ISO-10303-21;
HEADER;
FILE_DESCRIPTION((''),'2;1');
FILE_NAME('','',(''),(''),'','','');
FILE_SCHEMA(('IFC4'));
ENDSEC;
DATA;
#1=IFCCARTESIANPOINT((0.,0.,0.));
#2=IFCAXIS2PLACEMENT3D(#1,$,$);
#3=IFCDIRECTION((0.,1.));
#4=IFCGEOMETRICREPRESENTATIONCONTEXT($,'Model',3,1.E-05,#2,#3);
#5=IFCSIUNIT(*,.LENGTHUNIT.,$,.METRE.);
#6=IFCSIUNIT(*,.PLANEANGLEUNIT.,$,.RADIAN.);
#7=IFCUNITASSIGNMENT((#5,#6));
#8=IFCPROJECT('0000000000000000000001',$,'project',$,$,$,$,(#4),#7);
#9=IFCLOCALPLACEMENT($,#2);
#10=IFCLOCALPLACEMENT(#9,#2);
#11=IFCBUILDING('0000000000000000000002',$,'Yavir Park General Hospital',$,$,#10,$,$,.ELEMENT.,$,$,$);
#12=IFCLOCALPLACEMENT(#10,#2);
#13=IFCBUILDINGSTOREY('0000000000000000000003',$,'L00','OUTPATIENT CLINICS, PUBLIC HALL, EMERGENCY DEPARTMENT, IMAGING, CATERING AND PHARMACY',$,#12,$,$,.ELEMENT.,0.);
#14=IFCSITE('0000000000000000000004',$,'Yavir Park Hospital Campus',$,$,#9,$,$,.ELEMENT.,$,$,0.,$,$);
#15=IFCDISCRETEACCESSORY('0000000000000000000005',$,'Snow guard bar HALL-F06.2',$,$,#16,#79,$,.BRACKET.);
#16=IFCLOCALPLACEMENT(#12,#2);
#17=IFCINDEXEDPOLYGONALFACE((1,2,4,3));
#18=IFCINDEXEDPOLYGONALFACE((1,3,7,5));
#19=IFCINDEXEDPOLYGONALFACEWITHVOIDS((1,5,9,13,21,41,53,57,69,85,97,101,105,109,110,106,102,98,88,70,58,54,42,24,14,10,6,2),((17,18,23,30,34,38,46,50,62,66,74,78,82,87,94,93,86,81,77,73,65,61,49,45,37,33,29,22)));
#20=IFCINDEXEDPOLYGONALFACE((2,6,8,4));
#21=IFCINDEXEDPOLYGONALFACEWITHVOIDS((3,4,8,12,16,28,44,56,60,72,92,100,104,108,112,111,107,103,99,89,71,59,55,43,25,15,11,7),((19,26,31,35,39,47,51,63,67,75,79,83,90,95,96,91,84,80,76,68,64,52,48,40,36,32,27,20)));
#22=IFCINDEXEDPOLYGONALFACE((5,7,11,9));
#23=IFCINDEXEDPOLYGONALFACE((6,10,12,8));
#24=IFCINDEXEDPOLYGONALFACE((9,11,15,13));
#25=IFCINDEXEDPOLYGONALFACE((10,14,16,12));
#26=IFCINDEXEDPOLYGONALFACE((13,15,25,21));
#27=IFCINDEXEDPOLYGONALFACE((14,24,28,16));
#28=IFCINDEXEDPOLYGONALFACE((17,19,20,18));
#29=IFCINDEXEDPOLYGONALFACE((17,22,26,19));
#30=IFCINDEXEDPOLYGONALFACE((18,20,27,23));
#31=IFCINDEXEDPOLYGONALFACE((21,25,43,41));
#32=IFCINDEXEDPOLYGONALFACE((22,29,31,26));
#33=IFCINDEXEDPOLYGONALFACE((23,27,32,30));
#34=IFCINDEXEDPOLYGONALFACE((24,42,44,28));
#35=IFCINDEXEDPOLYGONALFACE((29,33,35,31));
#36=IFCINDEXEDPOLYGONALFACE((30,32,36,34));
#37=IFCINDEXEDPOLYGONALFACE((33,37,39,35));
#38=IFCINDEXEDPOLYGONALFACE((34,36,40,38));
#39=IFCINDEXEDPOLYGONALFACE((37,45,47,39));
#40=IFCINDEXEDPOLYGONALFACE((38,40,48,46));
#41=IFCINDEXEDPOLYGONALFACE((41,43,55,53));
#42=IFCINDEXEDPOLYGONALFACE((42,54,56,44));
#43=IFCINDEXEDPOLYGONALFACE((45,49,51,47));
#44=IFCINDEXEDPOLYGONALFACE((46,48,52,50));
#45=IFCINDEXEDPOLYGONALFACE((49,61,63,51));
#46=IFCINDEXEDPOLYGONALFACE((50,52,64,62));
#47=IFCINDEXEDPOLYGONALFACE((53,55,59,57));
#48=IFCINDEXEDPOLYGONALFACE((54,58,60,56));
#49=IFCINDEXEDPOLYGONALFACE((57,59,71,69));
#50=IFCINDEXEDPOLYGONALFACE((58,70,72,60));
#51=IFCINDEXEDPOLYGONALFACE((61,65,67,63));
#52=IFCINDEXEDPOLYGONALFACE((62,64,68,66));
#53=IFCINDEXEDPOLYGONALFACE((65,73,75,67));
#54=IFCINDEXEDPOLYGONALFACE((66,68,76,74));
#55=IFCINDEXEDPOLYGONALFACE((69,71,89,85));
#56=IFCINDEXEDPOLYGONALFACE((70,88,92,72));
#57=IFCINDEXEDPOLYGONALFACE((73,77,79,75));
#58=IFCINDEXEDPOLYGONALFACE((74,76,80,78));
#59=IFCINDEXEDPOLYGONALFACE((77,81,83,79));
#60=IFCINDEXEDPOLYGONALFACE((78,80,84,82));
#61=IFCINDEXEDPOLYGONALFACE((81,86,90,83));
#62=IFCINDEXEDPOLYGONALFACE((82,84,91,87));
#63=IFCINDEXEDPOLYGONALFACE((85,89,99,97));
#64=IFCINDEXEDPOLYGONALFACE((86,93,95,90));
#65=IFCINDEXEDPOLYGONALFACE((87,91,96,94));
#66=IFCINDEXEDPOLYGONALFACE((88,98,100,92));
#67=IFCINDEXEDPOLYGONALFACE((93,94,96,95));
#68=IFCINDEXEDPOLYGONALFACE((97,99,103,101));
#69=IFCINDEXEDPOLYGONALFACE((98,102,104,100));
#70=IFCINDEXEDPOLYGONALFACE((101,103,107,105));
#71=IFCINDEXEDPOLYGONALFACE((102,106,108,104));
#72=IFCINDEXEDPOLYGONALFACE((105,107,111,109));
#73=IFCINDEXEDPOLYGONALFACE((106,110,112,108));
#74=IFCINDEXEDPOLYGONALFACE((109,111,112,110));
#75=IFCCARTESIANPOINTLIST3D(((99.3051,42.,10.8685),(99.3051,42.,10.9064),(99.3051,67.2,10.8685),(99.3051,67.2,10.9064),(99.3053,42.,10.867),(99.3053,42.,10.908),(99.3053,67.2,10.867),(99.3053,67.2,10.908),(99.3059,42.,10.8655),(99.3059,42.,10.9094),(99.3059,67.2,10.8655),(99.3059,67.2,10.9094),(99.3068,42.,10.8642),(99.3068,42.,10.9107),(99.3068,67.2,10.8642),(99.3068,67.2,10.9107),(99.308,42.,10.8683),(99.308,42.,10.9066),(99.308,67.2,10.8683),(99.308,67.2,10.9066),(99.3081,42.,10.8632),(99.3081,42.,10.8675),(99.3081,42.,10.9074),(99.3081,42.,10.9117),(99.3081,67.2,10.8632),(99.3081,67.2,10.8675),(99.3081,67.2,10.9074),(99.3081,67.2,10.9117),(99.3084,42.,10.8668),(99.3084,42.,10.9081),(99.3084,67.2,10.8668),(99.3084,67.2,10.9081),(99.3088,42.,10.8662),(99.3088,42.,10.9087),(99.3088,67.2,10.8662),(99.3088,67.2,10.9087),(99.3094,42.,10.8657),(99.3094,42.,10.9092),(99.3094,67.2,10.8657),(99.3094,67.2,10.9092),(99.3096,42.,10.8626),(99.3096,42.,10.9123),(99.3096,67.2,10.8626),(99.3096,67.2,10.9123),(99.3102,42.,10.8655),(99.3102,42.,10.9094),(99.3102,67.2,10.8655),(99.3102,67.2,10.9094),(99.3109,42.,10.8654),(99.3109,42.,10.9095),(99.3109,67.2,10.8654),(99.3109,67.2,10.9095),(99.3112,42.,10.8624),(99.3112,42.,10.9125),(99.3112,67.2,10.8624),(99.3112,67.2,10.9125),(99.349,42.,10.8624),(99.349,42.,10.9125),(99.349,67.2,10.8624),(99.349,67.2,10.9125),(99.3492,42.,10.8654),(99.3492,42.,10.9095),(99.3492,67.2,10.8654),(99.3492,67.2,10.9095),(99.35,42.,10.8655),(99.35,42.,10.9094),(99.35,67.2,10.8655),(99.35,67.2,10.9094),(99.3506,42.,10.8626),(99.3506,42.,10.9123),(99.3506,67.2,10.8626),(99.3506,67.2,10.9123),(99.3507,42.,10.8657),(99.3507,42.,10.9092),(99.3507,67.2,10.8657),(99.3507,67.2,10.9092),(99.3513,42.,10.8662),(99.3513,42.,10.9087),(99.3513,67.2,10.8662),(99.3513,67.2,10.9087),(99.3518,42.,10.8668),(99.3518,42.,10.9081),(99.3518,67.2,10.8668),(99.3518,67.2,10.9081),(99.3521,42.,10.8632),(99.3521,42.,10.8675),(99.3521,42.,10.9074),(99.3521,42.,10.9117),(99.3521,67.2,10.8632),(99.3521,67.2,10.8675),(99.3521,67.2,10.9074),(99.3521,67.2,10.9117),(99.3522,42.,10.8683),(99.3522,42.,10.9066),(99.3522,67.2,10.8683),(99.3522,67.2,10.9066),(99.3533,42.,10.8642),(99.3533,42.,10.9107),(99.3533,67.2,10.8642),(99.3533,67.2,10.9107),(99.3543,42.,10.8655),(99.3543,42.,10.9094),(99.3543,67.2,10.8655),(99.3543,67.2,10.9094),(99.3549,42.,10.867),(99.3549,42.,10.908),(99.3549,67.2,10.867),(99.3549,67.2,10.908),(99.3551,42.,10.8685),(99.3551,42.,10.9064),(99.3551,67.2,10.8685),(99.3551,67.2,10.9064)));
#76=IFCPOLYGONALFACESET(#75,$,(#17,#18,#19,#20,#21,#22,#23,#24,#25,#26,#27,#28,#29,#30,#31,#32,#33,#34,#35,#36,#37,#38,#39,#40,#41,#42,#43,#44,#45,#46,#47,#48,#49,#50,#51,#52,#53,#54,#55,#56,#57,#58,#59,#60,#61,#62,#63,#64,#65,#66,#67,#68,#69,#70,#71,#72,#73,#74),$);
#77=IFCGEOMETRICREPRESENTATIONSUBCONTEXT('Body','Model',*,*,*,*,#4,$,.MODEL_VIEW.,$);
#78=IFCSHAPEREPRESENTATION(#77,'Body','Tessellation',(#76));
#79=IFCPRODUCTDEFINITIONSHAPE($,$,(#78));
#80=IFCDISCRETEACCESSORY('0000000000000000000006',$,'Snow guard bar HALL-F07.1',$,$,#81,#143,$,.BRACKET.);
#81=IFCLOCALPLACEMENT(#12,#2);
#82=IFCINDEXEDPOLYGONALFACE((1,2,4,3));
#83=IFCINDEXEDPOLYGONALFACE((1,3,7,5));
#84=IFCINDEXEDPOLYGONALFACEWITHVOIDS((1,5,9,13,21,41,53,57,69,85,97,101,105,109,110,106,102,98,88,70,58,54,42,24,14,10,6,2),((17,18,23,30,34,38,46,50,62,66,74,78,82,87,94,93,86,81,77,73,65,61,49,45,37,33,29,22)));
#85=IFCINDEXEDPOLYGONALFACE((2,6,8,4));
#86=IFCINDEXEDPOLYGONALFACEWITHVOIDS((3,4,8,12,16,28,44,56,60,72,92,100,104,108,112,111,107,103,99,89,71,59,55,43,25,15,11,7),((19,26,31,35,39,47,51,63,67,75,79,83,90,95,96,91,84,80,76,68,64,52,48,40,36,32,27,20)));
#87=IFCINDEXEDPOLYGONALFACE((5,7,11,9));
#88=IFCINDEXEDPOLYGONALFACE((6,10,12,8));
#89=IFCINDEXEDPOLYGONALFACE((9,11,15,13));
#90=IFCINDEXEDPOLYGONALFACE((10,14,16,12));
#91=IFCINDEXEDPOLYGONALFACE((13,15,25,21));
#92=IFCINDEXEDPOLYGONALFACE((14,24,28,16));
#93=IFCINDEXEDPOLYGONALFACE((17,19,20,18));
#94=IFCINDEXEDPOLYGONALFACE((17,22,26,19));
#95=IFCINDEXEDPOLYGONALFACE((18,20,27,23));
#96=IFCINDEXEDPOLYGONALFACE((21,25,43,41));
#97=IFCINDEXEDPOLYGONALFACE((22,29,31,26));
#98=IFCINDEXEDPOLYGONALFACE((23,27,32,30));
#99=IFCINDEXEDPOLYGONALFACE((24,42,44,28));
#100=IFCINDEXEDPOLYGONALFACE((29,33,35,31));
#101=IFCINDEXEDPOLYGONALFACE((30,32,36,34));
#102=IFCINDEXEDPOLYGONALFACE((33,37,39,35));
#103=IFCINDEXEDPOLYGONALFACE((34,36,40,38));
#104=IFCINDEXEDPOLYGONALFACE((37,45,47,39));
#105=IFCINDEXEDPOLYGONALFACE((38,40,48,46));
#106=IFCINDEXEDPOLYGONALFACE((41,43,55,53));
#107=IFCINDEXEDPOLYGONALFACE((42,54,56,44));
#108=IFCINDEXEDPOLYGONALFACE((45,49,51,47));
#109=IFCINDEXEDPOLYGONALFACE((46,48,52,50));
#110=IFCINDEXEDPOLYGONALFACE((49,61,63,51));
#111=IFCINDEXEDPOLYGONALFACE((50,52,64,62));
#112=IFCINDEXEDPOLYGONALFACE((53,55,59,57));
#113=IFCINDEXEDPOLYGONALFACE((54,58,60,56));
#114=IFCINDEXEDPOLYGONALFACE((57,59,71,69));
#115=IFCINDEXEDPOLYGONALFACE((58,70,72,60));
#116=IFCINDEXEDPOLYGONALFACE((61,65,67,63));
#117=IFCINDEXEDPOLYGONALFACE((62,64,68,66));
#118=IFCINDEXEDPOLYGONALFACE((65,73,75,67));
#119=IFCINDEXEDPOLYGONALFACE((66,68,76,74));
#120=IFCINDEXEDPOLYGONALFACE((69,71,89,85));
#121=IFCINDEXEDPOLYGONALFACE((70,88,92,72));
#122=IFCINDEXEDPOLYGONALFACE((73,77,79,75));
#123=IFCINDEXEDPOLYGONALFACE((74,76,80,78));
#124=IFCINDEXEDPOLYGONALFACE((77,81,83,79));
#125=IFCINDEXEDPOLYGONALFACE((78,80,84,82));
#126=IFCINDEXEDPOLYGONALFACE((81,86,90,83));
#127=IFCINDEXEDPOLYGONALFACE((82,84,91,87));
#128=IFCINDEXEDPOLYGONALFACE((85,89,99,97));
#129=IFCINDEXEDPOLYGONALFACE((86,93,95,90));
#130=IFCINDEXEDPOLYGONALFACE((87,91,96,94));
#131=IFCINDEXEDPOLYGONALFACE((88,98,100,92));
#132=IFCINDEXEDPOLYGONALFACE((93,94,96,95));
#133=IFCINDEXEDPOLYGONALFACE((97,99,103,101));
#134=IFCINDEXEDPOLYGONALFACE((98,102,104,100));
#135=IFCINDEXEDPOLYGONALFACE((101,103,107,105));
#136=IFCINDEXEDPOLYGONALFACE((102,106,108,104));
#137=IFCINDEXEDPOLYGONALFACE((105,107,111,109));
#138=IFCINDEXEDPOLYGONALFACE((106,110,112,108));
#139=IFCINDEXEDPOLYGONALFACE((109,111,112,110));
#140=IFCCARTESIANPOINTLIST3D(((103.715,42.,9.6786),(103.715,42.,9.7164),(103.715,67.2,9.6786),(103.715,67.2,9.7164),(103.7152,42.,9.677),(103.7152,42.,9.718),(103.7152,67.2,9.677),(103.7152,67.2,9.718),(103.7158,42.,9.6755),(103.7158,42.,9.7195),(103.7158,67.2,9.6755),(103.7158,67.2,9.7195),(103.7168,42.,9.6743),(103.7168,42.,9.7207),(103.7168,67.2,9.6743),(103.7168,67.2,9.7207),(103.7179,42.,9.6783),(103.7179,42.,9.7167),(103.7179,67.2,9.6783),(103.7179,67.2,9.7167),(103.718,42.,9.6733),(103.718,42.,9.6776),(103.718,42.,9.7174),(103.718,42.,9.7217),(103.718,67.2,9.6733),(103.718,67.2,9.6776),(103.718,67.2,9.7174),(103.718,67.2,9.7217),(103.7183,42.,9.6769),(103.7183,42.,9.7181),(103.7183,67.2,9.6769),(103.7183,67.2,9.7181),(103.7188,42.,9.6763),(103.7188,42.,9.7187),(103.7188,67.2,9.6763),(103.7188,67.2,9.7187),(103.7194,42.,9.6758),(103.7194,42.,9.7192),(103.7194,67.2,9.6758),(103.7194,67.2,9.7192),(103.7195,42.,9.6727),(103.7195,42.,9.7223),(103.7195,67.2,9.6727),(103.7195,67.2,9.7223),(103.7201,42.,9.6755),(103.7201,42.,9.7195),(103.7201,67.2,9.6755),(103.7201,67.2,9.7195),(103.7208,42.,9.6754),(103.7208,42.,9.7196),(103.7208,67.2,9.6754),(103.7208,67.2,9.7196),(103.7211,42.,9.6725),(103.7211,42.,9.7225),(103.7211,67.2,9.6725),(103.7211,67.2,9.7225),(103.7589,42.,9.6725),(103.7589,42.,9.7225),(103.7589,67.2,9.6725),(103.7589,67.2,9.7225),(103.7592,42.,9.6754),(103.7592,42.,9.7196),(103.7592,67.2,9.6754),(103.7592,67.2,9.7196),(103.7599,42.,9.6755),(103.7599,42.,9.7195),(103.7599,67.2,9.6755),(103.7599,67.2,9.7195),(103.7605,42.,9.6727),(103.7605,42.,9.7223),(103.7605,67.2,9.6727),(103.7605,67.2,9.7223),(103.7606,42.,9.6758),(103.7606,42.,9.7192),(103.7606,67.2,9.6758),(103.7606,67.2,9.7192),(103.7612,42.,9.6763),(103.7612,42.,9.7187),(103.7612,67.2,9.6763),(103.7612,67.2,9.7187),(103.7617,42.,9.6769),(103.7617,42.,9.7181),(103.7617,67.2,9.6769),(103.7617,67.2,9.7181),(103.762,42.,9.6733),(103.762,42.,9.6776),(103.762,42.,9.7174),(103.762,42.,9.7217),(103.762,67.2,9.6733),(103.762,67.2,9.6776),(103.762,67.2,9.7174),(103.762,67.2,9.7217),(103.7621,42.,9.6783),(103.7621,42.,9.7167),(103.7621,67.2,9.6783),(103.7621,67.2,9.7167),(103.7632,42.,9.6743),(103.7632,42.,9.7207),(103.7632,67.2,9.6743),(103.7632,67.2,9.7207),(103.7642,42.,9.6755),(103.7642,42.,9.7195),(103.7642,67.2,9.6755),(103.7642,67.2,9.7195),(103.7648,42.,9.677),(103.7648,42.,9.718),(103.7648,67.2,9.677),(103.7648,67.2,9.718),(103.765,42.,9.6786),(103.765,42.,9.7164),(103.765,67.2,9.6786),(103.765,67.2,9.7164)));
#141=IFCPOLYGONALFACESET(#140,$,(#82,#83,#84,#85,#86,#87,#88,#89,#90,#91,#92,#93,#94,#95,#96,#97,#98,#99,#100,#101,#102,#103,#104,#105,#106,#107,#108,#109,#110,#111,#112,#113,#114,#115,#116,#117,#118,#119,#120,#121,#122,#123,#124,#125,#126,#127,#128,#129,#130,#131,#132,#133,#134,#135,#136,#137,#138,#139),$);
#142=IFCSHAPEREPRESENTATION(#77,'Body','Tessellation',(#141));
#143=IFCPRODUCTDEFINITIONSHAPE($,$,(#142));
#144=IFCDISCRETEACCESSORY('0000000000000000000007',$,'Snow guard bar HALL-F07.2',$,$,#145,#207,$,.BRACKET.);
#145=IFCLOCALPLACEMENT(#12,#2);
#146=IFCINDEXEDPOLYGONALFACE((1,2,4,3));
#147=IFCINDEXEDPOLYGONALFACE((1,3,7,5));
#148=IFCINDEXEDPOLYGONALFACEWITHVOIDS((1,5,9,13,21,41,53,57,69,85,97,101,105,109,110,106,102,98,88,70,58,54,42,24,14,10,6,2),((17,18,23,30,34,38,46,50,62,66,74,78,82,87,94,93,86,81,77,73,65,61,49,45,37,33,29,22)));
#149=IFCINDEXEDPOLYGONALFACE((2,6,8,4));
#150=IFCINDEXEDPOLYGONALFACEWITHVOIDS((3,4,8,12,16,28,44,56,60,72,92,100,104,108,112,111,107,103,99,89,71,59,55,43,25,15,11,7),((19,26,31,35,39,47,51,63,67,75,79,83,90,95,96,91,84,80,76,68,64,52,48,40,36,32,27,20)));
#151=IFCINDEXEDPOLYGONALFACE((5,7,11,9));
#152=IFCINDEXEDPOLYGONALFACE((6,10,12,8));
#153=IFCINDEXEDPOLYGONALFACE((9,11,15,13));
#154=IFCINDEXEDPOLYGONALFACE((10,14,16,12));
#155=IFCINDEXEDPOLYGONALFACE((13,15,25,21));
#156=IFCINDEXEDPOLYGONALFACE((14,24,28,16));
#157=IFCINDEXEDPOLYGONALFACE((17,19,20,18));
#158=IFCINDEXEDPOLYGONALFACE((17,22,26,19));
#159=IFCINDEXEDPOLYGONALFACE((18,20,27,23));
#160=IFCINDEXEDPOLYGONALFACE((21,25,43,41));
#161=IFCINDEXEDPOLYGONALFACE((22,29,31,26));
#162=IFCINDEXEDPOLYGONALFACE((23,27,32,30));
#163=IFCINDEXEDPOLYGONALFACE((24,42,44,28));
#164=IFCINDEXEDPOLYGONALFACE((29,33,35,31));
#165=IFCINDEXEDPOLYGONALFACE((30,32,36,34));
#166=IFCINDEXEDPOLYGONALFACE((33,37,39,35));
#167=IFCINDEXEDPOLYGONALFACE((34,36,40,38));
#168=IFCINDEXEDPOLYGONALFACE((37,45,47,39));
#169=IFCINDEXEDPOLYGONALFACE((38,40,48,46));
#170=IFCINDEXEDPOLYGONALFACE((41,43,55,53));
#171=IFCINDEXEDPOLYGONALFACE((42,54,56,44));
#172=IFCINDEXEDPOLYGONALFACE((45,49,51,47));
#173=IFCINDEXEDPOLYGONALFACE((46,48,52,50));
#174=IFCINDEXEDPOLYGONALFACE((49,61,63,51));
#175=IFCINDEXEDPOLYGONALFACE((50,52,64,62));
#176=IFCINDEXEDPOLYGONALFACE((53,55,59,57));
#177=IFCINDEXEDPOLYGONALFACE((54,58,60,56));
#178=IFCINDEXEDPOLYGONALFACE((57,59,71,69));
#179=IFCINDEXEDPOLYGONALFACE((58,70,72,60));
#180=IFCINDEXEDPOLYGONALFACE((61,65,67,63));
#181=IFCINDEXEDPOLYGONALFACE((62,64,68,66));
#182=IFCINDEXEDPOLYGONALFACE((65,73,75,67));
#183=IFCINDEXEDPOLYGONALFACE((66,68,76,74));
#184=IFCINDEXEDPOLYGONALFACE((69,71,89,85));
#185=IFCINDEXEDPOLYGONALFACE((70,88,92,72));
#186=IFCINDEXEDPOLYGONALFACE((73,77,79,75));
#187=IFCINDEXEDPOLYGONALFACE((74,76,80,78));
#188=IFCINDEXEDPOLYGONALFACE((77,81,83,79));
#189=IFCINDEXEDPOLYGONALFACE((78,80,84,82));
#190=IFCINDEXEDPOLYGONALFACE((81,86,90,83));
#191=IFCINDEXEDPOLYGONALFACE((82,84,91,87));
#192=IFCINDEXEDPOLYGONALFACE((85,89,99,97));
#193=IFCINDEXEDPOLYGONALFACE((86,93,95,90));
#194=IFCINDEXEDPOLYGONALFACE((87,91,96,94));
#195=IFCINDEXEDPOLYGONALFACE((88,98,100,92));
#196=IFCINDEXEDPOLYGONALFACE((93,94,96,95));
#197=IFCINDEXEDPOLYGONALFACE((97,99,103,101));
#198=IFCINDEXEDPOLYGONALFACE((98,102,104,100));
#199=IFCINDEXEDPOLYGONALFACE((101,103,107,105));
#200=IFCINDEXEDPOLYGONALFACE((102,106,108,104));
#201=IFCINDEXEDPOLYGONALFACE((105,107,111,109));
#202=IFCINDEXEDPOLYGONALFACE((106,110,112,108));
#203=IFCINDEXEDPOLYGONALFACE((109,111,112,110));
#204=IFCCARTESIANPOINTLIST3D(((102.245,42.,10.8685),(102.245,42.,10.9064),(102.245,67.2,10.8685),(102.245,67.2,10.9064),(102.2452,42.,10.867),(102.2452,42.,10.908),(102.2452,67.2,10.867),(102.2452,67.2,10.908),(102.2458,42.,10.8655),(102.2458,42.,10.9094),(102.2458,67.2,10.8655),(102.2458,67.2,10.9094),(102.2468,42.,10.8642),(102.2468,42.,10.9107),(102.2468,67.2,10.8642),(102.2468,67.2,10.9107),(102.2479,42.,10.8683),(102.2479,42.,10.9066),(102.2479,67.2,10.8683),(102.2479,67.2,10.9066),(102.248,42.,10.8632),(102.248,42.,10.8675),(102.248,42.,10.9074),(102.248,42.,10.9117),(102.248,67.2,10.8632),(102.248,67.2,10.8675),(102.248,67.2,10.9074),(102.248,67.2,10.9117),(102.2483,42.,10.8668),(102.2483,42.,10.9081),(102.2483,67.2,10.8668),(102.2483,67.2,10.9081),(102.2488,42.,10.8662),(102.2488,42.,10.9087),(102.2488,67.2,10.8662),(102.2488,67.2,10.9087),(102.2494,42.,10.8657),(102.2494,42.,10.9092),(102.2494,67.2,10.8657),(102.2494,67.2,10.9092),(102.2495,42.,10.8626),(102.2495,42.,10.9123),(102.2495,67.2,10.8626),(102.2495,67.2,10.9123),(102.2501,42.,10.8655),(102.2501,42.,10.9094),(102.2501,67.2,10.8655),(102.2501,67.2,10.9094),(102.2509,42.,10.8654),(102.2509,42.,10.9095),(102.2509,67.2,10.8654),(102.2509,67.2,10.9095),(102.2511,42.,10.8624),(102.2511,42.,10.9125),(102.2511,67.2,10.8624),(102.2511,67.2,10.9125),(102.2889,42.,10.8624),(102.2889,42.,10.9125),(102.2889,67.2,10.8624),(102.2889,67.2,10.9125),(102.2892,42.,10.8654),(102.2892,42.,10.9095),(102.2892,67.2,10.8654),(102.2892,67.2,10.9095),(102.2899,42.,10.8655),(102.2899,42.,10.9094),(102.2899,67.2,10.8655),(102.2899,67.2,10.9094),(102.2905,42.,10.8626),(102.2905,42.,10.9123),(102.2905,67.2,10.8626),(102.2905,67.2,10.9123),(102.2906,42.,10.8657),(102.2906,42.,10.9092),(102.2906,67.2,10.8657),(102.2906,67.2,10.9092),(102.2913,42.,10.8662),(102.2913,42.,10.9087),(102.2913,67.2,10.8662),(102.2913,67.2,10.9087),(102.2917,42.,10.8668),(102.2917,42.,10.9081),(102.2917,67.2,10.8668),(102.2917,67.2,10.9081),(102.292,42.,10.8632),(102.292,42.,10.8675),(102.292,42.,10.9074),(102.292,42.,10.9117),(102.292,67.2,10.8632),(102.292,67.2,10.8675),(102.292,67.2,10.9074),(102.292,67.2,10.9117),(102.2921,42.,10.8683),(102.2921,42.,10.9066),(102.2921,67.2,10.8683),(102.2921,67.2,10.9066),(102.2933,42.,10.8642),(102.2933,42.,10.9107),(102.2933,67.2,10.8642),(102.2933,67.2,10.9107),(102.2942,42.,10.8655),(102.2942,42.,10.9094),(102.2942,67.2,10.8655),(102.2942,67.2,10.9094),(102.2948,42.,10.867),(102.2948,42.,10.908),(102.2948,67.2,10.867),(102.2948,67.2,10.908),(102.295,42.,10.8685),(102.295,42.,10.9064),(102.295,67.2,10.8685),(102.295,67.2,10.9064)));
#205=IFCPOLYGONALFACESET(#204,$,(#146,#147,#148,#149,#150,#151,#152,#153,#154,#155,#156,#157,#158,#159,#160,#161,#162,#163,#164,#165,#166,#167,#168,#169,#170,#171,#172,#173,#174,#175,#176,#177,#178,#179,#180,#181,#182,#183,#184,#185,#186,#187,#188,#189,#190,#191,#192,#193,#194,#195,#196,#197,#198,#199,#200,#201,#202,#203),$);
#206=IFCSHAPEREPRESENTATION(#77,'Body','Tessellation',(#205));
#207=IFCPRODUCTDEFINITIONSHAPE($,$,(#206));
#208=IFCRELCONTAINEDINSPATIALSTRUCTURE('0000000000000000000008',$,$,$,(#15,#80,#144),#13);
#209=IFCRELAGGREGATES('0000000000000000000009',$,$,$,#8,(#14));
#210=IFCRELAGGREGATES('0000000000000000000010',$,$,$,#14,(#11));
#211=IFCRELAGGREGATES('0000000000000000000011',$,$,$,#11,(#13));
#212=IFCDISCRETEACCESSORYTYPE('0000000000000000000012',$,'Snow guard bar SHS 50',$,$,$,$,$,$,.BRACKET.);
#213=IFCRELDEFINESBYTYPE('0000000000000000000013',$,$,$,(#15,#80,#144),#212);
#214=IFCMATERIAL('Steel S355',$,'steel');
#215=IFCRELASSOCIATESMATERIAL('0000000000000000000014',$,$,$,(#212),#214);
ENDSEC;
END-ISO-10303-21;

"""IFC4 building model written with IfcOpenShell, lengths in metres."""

from ifc_helpers import new_model, si_unit, direction, frame, origin, origin_2d, place, context, subcontext, project, spatial, hollow_rectangle, extrude, material, material_profile, profile_set, type_object, element, save


model = new_model("IFC4")

# Units and contexts
model_context = context("Model", 3, precision=1e-05, world=origin(), true_north=direction((0.0, 1.0)))
body_context = subcontext(model_context, "Body", "Model", "MODEL_VIEW")
ifc_project = project(units=[si_unit("LENGTHUNIT", "METRE"), si_unit("PLANEANGLEUNIT", "RADIAN")], contexts=[model_context])

# Site, building, storey
site_placement = place(None, origin())
site = spatial("IfcSite", under=ifc_project, at=site_placement, Name="Yavir Park Hospital Campus", CompositionType="ELEMENT", RefElevation=0.0)
building_placement = place(site_placement, origin())
building = spatial("IfcBuilding", under=site, at=building_placement, Name="Yavir Park General Hospital", CompositionType="ELEMENT")
storey_placement = place(building_placement, origin())
storey = spatial("IfcBuildingStorey", under=building, at=storey_placement, Name="L00", Description="OUTPATIENT CLINICS, PUBLIC HALL, EMERGENCY DEPARTMENT, IMAGING, CATERING AND PHARMACY", CompositionType="ELEMENT", Elevation=0.0)

# Discrete accessories
ifc_material_1 = material(Name="Steel S355", Category="steel")
ifc_material_profile_1 = material_profile(ifc_material_1, hollow_rectangle(XDim=0.05, YDim=0.05, WallThickness=0.0029, InnerFilletRadius=0.0029, OuterFilletRadius=0.0061, at=origin_2d()), Name="RHS50x50x3")
ifc_profile_set_1 = profile_set([ifc_material_profile_1], Name="Steel S355")
discrete_accessory_type_1 = type_object("IfcDiscreteAccessoryType", Name="Snow guard bar SHS 50", PredefinedType="BRACKET", material=ifc_profile_set_1)
for number, where, z_axis, x_axis, name in (
    (1, (99.3301, 42.0, 10.8875), (0.0, 1.0, 0.0), (-1.0, 0.0, 0.0), "Snow guard bar HALL-F06.2"),
    (2, (103.74, 42.0, 9.6975), (0.0, 1.0, 0.0), (-1.0, 0.0, 0.0), "Snow guard bar HALL-F07.1"),
    (3, (102.27, 42.0, 10.8875), (0.0, 1.0, 0.0), (-1.0, 0.0, 0.0), "Snow guard bar HALL-F07.2"),
):
    element("IfcDiscreteAccessory", number, at=place(storey_placement, frame(where, z_axis=z_axis, x_axis=x_axis)), inside=storey, type_object=discrete_accessory_type_1, Name=name, PredefinedType="BRACKET", context=body_context, shape_type="SweptSolid", body=[
        extrude(hollow_rectangle(XDim=0.05, YDim=0.05, WallThickness=0.0029, InnerFilletRadius=0.0029, OuterFilletRadius=0.0061, at=origin_2d()), origin(), (0.0, 0.0, 1.0), 25.2),
    ])

save(model, "model.ifc")
